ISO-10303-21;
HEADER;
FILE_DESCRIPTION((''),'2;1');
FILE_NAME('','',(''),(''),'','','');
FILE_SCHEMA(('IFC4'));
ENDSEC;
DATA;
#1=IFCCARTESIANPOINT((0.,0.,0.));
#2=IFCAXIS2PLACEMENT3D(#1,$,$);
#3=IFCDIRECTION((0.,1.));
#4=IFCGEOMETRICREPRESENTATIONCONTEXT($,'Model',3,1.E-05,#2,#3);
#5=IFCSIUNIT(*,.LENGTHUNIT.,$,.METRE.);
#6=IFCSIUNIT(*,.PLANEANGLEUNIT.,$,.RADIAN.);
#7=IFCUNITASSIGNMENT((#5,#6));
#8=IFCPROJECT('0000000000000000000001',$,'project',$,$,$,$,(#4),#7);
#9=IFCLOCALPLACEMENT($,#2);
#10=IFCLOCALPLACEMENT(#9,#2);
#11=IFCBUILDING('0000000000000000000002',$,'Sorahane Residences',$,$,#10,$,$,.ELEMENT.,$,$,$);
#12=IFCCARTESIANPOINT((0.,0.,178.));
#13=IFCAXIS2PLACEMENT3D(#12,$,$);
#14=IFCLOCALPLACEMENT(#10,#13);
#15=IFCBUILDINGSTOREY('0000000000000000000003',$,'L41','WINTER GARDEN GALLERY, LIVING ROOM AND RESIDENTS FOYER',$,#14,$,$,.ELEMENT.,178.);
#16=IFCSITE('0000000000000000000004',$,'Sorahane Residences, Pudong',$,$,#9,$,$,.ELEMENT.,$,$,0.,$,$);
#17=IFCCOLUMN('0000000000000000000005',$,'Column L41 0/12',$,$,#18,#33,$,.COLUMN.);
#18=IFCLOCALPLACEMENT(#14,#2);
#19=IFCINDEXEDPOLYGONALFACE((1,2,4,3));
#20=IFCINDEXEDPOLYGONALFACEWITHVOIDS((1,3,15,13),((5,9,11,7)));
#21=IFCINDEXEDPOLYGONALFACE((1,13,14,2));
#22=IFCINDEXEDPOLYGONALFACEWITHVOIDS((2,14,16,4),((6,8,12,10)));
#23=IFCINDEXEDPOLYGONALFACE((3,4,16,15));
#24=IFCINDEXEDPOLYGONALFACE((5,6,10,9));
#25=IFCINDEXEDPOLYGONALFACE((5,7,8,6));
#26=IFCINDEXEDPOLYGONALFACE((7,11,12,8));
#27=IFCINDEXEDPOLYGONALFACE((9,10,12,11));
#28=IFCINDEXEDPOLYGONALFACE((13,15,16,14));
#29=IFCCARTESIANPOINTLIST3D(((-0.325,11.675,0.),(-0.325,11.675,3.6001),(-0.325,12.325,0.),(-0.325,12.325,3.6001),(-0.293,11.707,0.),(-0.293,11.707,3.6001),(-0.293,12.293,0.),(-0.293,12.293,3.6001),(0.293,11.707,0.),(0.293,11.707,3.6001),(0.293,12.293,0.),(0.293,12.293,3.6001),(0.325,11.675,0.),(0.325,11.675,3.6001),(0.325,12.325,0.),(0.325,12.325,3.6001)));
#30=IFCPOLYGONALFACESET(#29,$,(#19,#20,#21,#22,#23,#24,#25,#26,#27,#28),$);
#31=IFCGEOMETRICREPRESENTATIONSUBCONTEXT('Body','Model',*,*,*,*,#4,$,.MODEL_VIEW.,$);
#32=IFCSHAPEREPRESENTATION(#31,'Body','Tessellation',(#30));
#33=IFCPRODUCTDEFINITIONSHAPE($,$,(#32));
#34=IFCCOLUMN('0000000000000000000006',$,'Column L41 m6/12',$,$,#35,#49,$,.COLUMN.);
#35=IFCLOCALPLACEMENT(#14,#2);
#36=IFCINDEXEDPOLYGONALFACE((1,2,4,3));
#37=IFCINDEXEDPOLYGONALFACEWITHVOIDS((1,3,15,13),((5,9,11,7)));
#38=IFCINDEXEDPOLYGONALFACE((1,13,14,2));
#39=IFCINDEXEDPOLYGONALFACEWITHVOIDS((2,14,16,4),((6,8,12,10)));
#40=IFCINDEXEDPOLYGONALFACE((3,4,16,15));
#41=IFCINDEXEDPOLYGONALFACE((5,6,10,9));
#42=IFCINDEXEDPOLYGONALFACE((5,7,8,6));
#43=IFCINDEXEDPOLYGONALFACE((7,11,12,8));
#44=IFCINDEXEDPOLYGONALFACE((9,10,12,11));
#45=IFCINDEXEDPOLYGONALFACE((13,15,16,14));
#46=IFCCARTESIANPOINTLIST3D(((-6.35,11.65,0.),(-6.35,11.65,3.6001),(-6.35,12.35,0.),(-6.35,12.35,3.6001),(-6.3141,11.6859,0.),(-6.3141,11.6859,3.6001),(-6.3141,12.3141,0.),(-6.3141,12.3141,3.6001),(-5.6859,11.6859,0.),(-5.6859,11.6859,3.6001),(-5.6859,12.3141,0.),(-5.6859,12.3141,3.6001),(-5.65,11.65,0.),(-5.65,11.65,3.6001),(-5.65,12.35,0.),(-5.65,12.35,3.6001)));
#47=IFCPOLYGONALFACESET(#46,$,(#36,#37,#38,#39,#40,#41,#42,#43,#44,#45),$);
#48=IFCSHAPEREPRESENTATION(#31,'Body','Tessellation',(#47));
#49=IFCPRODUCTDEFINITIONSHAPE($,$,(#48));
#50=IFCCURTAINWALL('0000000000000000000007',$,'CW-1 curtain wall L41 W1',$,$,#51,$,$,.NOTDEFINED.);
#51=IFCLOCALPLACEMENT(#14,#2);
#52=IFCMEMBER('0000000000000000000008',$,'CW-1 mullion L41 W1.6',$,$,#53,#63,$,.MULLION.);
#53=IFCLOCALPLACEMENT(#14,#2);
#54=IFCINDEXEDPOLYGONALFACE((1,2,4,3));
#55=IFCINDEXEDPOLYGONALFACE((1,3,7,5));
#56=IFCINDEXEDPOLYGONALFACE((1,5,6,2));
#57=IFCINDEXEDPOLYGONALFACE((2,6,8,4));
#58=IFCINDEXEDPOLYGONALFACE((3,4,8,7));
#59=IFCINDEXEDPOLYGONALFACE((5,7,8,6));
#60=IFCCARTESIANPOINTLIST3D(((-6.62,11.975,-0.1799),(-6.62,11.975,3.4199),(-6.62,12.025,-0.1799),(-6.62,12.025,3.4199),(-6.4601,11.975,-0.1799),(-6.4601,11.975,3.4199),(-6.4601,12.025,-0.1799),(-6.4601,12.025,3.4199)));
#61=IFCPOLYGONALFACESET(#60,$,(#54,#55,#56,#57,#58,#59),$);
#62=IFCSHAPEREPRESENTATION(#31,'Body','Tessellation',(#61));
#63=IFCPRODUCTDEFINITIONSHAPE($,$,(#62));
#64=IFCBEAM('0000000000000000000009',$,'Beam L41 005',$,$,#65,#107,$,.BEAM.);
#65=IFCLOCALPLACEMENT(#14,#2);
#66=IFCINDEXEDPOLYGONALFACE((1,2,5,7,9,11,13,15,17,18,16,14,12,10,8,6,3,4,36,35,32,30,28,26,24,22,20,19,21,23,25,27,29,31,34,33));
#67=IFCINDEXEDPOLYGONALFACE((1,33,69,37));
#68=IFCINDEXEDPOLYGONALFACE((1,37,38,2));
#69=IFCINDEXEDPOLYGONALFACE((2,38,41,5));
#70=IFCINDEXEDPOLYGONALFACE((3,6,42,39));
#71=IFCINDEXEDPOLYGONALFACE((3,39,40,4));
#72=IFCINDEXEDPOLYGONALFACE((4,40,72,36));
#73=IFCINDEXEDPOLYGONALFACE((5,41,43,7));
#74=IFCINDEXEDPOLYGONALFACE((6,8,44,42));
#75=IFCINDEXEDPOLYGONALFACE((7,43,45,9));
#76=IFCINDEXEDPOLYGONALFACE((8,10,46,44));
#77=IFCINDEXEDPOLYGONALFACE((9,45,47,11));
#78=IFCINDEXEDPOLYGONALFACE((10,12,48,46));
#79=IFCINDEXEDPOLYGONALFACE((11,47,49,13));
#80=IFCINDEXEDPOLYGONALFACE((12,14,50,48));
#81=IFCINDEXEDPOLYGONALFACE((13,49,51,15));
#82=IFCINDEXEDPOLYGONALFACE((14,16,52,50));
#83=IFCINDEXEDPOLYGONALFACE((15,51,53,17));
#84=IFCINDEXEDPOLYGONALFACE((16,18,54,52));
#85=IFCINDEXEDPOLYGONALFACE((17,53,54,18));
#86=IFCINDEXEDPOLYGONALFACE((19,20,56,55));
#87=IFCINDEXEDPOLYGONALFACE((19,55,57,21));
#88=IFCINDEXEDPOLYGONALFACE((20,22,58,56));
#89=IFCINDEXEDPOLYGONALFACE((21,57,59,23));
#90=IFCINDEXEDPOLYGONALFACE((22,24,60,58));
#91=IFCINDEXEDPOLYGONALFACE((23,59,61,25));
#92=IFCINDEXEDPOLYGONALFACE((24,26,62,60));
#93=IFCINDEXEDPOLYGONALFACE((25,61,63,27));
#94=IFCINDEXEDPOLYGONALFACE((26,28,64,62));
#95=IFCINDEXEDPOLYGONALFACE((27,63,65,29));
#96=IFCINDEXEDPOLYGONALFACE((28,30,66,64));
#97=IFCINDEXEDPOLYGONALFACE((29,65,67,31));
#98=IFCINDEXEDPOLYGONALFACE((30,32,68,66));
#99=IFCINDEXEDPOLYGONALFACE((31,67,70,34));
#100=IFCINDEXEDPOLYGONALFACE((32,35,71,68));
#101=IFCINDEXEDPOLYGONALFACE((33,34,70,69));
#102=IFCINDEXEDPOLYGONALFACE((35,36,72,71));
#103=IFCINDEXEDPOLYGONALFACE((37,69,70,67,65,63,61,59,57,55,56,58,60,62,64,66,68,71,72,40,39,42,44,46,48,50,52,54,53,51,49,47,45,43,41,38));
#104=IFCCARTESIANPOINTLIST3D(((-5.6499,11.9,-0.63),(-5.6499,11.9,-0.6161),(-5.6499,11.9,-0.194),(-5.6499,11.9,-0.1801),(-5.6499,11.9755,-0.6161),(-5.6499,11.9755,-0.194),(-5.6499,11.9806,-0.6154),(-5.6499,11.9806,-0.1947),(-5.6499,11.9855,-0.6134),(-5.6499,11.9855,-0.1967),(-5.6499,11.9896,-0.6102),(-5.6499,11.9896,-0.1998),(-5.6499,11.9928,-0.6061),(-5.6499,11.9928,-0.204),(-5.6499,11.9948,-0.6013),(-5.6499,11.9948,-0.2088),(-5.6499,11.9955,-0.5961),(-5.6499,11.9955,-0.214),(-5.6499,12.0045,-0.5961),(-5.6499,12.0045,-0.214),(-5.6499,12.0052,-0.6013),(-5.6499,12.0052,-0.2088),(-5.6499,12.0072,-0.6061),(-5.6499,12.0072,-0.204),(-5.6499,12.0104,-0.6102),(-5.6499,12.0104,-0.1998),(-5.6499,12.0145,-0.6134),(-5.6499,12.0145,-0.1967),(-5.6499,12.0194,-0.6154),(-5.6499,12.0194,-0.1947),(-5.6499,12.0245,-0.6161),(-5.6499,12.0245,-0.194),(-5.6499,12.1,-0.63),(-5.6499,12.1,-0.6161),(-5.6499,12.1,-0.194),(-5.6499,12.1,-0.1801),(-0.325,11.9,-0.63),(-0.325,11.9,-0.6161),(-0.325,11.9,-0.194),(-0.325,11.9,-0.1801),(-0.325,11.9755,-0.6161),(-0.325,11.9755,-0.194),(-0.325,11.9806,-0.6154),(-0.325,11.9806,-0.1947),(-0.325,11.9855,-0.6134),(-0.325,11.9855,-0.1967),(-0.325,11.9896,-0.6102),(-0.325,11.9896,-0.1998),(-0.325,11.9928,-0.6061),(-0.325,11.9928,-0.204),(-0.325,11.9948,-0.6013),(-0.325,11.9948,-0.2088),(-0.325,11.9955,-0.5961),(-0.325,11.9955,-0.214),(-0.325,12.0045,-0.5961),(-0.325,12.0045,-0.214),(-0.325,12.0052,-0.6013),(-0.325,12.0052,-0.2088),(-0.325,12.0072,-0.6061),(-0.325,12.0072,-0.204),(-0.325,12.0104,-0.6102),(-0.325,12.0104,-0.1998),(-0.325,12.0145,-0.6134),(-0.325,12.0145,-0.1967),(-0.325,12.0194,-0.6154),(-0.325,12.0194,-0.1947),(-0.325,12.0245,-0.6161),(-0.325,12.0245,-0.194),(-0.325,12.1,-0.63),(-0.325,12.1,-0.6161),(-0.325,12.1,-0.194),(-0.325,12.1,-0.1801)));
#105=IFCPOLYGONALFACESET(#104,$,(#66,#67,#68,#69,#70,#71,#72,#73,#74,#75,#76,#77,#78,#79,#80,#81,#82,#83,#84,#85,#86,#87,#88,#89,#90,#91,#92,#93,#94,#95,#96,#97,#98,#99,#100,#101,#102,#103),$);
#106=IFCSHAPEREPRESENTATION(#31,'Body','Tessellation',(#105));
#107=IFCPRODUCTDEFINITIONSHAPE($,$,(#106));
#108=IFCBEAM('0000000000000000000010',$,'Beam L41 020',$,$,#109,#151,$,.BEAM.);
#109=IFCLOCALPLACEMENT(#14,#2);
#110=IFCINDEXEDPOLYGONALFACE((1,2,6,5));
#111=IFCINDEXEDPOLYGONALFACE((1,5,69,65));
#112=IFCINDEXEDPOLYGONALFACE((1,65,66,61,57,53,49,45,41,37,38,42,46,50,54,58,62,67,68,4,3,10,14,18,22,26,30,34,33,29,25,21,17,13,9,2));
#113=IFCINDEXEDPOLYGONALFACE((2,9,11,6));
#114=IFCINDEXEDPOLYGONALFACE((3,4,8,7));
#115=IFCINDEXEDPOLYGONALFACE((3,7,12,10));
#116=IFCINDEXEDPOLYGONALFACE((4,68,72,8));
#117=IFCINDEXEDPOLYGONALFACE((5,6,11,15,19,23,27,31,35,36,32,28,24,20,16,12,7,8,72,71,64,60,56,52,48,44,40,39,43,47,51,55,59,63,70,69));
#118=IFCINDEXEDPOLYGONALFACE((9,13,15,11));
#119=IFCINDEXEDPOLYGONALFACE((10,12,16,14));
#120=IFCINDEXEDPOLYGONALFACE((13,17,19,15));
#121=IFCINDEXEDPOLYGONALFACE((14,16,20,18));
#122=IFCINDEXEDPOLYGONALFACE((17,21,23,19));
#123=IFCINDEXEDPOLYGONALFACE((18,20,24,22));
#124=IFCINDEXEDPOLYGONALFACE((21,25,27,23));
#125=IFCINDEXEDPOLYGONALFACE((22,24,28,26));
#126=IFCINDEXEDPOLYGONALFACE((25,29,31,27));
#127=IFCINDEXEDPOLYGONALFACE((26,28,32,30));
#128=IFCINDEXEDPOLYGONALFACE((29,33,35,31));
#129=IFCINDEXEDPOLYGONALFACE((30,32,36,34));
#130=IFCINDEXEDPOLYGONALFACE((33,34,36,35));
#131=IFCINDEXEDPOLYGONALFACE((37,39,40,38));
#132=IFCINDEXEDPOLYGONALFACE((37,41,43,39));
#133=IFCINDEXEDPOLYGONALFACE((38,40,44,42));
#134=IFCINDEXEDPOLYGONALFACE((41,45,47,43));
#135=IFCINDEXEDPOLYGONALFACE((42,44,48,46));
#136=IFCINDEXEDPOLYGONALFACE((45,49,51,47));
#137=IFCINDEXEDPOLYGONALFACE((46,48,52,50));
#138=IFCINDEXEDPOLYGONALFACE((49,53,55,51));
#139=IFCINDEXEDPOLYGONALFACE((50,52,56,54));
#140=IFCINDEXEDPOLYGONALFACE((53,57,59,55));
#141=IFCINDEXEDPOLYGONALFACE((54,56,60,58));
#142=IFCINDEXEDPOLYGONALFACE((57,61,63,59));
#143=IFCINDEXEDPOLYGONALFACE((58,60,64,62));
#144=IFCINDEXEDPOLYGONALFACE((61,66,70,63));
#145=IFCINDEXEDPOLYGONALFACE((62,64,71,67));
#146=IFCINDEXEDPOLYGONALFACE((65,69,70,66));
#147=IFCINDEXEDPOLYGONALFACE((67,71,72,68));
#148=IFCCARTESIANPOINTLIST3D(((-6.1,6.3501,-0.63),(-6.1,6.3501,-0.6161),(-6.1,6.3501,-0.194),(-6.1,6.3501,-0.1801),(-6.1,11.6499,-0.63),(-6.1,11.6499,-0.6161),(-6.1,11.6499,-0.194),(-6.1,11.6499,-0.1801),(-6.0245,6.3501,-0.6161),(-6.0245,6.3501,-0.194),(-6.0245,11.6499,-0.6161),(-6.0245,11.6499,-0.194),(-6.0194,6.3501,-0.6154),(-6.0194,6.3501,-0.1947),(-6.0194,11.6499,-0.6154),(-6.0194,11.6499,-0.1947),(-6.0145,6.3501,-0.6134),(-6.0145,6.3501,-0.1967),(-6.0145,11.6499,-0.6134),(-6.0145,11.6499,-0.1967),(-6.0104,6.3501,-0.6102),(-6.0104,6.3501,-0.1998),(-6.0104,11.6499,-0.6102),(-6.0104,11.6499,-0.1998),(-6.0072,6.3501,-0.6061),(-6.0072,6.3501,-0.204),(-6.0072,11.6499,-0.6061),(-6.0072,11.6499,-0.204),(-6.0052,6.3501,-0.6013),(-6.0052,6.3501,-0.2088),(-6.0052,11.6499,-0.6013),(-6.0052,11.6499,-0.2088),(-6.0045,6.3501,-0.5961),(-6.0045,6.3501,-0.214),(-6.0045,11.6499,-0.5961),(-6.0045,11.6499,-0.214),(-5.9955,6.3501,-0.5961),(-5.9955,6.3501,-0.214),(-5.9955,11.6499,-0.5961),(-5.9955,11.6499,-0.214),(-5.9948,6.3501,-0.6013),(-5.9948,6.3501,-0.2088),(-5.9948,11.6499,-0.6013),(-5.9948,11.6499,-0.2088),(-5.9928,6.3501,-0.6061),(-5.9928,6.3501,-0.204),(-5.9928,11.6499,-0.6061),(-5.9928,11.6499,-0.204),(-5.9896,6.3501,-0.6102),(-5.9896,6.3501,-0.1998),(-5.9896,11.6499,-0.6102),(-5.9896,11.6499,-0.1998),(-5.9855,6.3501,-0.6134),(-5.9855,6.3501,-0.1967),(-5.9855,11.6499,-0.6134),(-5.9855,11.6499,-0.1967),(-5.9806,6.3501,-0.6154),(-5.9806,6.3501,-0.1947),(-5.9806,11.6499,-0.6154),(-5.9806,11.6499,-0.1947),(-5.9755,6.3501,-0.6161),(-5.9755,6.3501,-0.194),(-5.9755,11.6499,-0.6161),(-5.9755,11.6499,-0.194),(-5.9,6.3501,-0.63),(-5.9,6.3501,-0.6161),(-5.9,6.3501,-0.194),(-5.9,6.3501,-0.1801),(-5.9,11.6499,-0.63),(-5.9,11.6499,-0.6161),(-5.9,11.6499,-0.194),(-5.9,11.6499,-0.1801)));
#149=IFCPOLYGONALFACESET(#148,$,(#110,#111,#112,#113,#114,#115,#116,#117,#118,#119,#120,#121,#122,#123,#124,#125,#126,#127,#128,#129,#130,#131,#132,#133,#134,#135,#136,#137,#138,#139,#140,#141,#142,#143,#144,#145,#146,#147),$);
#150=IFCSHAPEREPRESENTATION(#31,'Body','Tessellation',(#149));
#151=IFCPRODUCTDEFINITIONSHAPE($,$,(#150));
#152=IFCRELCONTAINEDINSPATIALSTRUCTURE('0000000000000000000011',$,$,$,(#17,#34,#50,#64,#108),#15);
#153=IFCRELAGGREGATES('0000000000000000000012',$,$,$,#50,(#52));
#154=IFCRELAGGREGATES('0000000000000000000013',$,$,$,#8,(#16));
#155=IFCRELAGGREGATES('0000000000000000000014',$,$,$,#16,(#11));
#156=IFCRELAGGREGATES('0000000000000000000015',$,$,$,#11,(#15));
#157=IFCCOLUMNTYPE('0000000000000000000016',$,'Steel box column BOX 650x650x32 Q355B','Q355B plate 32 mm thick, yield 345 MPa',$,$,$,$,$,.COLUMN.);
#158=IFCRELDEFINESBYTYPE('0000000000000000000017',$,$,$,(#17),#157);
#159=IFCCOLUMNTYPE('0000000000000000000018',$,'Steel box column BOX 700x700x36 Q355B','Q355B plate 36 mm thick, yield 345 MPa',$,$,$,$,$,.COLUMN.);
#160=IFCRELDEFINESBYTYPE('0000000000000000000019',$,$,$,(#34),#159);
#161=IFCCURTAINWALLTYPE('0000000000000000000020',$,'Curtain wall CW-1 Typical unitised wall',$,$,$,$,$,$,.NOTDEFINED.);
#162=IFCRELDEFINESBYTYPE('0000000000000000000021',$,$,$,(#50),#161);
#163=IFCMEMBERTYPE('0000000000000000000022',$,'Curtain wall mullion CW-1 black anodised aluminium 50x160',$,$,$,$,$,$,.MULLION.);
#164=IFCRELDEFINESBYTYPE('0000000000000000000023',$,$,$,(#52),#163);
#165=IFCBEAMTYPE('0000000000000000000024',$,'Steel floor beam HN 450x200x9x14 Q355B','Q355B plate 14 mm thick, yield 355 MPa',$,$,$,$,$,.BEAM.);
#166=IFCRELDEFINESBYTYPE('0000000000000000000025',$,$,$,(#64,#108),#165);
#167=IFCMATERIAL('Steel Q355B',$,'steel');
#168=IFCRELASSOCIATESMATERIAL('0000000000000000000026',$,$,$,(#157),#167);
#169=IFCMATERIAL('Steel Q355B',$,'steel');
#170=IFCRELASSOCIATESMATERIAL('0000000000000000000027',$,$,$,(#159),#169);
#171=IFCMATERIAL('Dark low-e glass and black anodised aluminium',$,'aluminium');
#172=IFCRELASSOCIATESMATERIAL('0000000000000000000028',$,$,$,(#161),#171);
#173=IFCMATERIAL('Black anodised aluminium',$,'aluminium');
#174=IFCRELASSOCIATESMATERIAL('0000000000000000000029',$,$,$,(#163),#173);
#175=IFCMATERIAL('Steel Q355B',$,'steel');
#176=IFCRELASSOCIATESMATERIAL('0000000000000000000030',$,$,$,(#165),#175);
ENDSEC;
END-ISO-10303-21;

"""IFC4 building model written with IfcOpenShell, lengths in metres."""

from ifc_helpers import new_model, si_unit, direction, frame, origin, origin_2d, place, context, subcontext, project, spatial, rectangle, hollow_rectangle, i_section, extrude, material, material_profile, profile_set, type_object, element, aggregate, save


model = new_model("IFC4")

# Units and contexts
model_context = context("Model", 3, precision=1e-05, world=origin(), true_north=direction((0.0, 1.0)))
body_context = subcontext(model_context, "Body", "Model", "MODEL_VIEW")
ifc_project = project(units=[si_unit("LENGTHUNIT", "METRE"), si_unit("PLANEANGLEUNIT", "RADIAN")], contexts=[model_context])

# Site, building, storey
site_placement = place(None, origin())
site = spatial("IfcSite", under=ifc_project, at=site_placement, Name="Sorahane Residences, Pudong", CompositionType="ELEMENT", RefElevation=0.0)
building_placement = place(site_placement, origin())
building = spatial("IfcBuilding", under=site, at=building_placement, Name="Sorahane Residences", CompositionType="ELEMENT")
storey_placement = place(building_placement, frame((0.0, 0.0, 178.0)))
storey = spatial("IfcBuildingStorey", under=building, at=storey_placement, Name="L41", Description="WINTER GARDEN GALLERY, LIVING ROOM AND RESIDENTS FOYER", CompositionType="ELEMENT", Elevation=178.0)

# Columns
ifc_material_1 = material(Name="Steel Q355B", Category="steel")
ifc_material_profile_1 = material_profile(ifc_material_1, hollow_rectangle(XDim=0.6499, YDim=0.6499, WallThickness=0.032, at=origin_2d()), Name="BOX 650x650x32")
ifc_profile_set_1 = profile_set([ifc_material_profile_1], Name="Steel Q355B")
column_type_1 = type_object("IfcColumnType", Name="Steel box column BOX 650x650x32 Q355B", Description="Q355B plate 32 mm thick, yield 345 MPa", PredefinedType="COLUMN", material=ifc_profile_set_1)
column_1_placement = place(storey_placement, frame((0.0, 12.0, 0.0), z_axis=(0.0, 0.0, 1.0), x_axis=(1.0, 0.0, 0.0)))
element("IfcColumn", 1, at=column_1_placement, inside=storey, type_object=column_type_1, Name="Column L41 0/12", PredefinedType="COLUMN", context=body_context, shape_type="SweptSolid", body=[
    extrude(hollow_rectangle(XDim=0.6499, YDim=0.6499, WallThickness=0.032, at=origin_2d()), origin(), (0.0, 0.0, 1.0), 3.6001),
])
ifc_material_2 = material(Name="Steel Q355B", Category="steel")
ifc_material_profile_2 = material_profile(ifc_material_2, hollow_rectangle(XDim=0.7, YDim=0.7, WallThickness=0.0359, at=origin_2d()), Name="BOX 700x700x36")
ifc_profile_set_2 = profile_set([ifc_material_profile_2], Name="Steel Q355B")
column_type_2 = type_object("IfcColumnType", Name="Steel box column BOX 700x700x36 Q355B", Description="Q355B plate 36 mm thick, yield 345 MPa", PredefinedType="COLUMN", material=ifc_profile_set_2)
column_2_placement = place(storey_placement, frame((-6.0, 12.0, 0.0), z_axis=(0.0, 0.0, 1.0), x_axis=(1.0, 0.0, 0.0)))
element("IfcColumn", 2, at=column_2_placement, inside=storey, type_object=column_type_2, Name="Column L41 m6/12", PredefinedType="COLUMN", context=body_context, shape_type="SweptSolid", body=[
    extrude(hollow_rectangle(XDim=0.7, YDim=0.7, WallThickness=0.0359, at=origin_2d()), origin(), (0.0, 0.0, 1.0), 3.6001),
])

# Curtain wall, member
ifc_material_3 = material(Name="Dark low-e glass and black anodised aluminium", Category="aluminium")
curtain_wall_type = type_object("IfcCurtainWallType", Name="Curtain wall CW-1 Typical unitised wall", PredefinedType="NOTDEFINED", material=ifc_material_3)
curtain_wall_placement = place(storey_placement, origin())
curtain_wall = element("IfcCurtainWall", 3, at=curtain_wall_placement, inside=storey, type_object=curtain_wall_type, Name="CW-1 curtain wall L41 W1", PredefinedType="NOTDEFINED")
ifc_material_4 = material(Name="Black anodised aluminium", Category="aluminium")
ifc_material_profile_3 = material_profile(ifc_material_4, rectangle(XDim=0.1599, YDim=0.05, at=origin_2d()), Name="Curtain wall mullion CW-1 black anodised aluminium 50x160")
ifc_profile_set_3 = profile_set([ifc_material_profile_3], Name="Black anodised aluminium")
member_type = type_object("IfcMemberType", Name="Curtain wall mullion CW-1 black anodised aluminium 50x160", PredefinedType="MULLION", material=ifc_profile_set_3)
member_placement = place(storey_placement, frame((-6.54, 12.0, -0.1799), z_axis=(0.0, 0.0, 1.0), x_axis=(-1.0, 0.0, 0.0)))
member = element("IfcMember", 4, at=member_placement, type_object=member_type, Name="CW-1 mullion L41 W1.6", PredefinedType="MULLION", context=body_context, shape_type="SweptSolid", body=[
    extrude(rectangle(XDim=0.1599, YDim=0.05, at=origin_2d()), origin(), (0.0, 0.0, 1.0), 3.5999),
])

# Beams
ifc_material_5 = material(Name="Steel Q355B", Category="steel")
ifc_material_profile_4 = material_profile(ifc_material_5, i_section(OverallWidth=0.2, OverallDepth=0.45, WebThickness=0.009, FlangeThickness=0.0139, FilletRadius=0.02, at=origin_2d()), Name="HN 450x200x9x14")
ifc_profile_set_4 = profile_set([ifc_material_profile_4], Name="Steel Q355B")
beam_type_1 = type_object("IfcBeamType", Name="Steel floor beam HN 450x200x9x14 Q355B", Description="Q355B plate 14 mm thick, yield 355 MPa", PredefinedType="BEAM", material=ifc_profile_set_4)
beam_1_placement = place(storey_placement, frame((-5.6499, 12.0, -0.405), z_axis=(1.0, 0.0, 0.0), x_axis=(0.0, 1.0, 0.0)))
element("IfcBeam", 5, at=beam_1_placement, inside=storey, type_object=beam_type_1, Name="Beam L41 005", PredefinedType="BEAM", context=body_context, shape_type="SweptSolid", body=[
    extrude(i_section(OverallWidth=0.2, OverallDepth=0.45, WebThickness=0.009, FlangeThickness=0.0139, FilletRadius=0.02, at=origin_2d()), origin(), (0.0, 0.0, 1.0), 5.325),
])
beam_2_placement = place(storey_placement, frame((-6.0, 6.3501, -0.405), z_axis=(0.0, 1.0, 0.0), x_axis=(-1.0, 0.0, 0.0)))
element("IfcBeam", 6, at=beam_2_placement, inside=storey, type_object=beam_type_1, Name="Beam L41 020", PredefinedType="BEAM", context=body_context, shape_type="SweptSolid", body=[
    extrude(i_section(OverallWidth=0.2, OverallDepth=0.45, WebThickness=0.009, FlangeThickness=0.0139, FilletRadius=0.02, at=origin_2d()), origin(), (0.0, 0.0, 1.0), 5.2998),
])

aggregate(curtain_wall, [member])

save(model, "model.ifc")
